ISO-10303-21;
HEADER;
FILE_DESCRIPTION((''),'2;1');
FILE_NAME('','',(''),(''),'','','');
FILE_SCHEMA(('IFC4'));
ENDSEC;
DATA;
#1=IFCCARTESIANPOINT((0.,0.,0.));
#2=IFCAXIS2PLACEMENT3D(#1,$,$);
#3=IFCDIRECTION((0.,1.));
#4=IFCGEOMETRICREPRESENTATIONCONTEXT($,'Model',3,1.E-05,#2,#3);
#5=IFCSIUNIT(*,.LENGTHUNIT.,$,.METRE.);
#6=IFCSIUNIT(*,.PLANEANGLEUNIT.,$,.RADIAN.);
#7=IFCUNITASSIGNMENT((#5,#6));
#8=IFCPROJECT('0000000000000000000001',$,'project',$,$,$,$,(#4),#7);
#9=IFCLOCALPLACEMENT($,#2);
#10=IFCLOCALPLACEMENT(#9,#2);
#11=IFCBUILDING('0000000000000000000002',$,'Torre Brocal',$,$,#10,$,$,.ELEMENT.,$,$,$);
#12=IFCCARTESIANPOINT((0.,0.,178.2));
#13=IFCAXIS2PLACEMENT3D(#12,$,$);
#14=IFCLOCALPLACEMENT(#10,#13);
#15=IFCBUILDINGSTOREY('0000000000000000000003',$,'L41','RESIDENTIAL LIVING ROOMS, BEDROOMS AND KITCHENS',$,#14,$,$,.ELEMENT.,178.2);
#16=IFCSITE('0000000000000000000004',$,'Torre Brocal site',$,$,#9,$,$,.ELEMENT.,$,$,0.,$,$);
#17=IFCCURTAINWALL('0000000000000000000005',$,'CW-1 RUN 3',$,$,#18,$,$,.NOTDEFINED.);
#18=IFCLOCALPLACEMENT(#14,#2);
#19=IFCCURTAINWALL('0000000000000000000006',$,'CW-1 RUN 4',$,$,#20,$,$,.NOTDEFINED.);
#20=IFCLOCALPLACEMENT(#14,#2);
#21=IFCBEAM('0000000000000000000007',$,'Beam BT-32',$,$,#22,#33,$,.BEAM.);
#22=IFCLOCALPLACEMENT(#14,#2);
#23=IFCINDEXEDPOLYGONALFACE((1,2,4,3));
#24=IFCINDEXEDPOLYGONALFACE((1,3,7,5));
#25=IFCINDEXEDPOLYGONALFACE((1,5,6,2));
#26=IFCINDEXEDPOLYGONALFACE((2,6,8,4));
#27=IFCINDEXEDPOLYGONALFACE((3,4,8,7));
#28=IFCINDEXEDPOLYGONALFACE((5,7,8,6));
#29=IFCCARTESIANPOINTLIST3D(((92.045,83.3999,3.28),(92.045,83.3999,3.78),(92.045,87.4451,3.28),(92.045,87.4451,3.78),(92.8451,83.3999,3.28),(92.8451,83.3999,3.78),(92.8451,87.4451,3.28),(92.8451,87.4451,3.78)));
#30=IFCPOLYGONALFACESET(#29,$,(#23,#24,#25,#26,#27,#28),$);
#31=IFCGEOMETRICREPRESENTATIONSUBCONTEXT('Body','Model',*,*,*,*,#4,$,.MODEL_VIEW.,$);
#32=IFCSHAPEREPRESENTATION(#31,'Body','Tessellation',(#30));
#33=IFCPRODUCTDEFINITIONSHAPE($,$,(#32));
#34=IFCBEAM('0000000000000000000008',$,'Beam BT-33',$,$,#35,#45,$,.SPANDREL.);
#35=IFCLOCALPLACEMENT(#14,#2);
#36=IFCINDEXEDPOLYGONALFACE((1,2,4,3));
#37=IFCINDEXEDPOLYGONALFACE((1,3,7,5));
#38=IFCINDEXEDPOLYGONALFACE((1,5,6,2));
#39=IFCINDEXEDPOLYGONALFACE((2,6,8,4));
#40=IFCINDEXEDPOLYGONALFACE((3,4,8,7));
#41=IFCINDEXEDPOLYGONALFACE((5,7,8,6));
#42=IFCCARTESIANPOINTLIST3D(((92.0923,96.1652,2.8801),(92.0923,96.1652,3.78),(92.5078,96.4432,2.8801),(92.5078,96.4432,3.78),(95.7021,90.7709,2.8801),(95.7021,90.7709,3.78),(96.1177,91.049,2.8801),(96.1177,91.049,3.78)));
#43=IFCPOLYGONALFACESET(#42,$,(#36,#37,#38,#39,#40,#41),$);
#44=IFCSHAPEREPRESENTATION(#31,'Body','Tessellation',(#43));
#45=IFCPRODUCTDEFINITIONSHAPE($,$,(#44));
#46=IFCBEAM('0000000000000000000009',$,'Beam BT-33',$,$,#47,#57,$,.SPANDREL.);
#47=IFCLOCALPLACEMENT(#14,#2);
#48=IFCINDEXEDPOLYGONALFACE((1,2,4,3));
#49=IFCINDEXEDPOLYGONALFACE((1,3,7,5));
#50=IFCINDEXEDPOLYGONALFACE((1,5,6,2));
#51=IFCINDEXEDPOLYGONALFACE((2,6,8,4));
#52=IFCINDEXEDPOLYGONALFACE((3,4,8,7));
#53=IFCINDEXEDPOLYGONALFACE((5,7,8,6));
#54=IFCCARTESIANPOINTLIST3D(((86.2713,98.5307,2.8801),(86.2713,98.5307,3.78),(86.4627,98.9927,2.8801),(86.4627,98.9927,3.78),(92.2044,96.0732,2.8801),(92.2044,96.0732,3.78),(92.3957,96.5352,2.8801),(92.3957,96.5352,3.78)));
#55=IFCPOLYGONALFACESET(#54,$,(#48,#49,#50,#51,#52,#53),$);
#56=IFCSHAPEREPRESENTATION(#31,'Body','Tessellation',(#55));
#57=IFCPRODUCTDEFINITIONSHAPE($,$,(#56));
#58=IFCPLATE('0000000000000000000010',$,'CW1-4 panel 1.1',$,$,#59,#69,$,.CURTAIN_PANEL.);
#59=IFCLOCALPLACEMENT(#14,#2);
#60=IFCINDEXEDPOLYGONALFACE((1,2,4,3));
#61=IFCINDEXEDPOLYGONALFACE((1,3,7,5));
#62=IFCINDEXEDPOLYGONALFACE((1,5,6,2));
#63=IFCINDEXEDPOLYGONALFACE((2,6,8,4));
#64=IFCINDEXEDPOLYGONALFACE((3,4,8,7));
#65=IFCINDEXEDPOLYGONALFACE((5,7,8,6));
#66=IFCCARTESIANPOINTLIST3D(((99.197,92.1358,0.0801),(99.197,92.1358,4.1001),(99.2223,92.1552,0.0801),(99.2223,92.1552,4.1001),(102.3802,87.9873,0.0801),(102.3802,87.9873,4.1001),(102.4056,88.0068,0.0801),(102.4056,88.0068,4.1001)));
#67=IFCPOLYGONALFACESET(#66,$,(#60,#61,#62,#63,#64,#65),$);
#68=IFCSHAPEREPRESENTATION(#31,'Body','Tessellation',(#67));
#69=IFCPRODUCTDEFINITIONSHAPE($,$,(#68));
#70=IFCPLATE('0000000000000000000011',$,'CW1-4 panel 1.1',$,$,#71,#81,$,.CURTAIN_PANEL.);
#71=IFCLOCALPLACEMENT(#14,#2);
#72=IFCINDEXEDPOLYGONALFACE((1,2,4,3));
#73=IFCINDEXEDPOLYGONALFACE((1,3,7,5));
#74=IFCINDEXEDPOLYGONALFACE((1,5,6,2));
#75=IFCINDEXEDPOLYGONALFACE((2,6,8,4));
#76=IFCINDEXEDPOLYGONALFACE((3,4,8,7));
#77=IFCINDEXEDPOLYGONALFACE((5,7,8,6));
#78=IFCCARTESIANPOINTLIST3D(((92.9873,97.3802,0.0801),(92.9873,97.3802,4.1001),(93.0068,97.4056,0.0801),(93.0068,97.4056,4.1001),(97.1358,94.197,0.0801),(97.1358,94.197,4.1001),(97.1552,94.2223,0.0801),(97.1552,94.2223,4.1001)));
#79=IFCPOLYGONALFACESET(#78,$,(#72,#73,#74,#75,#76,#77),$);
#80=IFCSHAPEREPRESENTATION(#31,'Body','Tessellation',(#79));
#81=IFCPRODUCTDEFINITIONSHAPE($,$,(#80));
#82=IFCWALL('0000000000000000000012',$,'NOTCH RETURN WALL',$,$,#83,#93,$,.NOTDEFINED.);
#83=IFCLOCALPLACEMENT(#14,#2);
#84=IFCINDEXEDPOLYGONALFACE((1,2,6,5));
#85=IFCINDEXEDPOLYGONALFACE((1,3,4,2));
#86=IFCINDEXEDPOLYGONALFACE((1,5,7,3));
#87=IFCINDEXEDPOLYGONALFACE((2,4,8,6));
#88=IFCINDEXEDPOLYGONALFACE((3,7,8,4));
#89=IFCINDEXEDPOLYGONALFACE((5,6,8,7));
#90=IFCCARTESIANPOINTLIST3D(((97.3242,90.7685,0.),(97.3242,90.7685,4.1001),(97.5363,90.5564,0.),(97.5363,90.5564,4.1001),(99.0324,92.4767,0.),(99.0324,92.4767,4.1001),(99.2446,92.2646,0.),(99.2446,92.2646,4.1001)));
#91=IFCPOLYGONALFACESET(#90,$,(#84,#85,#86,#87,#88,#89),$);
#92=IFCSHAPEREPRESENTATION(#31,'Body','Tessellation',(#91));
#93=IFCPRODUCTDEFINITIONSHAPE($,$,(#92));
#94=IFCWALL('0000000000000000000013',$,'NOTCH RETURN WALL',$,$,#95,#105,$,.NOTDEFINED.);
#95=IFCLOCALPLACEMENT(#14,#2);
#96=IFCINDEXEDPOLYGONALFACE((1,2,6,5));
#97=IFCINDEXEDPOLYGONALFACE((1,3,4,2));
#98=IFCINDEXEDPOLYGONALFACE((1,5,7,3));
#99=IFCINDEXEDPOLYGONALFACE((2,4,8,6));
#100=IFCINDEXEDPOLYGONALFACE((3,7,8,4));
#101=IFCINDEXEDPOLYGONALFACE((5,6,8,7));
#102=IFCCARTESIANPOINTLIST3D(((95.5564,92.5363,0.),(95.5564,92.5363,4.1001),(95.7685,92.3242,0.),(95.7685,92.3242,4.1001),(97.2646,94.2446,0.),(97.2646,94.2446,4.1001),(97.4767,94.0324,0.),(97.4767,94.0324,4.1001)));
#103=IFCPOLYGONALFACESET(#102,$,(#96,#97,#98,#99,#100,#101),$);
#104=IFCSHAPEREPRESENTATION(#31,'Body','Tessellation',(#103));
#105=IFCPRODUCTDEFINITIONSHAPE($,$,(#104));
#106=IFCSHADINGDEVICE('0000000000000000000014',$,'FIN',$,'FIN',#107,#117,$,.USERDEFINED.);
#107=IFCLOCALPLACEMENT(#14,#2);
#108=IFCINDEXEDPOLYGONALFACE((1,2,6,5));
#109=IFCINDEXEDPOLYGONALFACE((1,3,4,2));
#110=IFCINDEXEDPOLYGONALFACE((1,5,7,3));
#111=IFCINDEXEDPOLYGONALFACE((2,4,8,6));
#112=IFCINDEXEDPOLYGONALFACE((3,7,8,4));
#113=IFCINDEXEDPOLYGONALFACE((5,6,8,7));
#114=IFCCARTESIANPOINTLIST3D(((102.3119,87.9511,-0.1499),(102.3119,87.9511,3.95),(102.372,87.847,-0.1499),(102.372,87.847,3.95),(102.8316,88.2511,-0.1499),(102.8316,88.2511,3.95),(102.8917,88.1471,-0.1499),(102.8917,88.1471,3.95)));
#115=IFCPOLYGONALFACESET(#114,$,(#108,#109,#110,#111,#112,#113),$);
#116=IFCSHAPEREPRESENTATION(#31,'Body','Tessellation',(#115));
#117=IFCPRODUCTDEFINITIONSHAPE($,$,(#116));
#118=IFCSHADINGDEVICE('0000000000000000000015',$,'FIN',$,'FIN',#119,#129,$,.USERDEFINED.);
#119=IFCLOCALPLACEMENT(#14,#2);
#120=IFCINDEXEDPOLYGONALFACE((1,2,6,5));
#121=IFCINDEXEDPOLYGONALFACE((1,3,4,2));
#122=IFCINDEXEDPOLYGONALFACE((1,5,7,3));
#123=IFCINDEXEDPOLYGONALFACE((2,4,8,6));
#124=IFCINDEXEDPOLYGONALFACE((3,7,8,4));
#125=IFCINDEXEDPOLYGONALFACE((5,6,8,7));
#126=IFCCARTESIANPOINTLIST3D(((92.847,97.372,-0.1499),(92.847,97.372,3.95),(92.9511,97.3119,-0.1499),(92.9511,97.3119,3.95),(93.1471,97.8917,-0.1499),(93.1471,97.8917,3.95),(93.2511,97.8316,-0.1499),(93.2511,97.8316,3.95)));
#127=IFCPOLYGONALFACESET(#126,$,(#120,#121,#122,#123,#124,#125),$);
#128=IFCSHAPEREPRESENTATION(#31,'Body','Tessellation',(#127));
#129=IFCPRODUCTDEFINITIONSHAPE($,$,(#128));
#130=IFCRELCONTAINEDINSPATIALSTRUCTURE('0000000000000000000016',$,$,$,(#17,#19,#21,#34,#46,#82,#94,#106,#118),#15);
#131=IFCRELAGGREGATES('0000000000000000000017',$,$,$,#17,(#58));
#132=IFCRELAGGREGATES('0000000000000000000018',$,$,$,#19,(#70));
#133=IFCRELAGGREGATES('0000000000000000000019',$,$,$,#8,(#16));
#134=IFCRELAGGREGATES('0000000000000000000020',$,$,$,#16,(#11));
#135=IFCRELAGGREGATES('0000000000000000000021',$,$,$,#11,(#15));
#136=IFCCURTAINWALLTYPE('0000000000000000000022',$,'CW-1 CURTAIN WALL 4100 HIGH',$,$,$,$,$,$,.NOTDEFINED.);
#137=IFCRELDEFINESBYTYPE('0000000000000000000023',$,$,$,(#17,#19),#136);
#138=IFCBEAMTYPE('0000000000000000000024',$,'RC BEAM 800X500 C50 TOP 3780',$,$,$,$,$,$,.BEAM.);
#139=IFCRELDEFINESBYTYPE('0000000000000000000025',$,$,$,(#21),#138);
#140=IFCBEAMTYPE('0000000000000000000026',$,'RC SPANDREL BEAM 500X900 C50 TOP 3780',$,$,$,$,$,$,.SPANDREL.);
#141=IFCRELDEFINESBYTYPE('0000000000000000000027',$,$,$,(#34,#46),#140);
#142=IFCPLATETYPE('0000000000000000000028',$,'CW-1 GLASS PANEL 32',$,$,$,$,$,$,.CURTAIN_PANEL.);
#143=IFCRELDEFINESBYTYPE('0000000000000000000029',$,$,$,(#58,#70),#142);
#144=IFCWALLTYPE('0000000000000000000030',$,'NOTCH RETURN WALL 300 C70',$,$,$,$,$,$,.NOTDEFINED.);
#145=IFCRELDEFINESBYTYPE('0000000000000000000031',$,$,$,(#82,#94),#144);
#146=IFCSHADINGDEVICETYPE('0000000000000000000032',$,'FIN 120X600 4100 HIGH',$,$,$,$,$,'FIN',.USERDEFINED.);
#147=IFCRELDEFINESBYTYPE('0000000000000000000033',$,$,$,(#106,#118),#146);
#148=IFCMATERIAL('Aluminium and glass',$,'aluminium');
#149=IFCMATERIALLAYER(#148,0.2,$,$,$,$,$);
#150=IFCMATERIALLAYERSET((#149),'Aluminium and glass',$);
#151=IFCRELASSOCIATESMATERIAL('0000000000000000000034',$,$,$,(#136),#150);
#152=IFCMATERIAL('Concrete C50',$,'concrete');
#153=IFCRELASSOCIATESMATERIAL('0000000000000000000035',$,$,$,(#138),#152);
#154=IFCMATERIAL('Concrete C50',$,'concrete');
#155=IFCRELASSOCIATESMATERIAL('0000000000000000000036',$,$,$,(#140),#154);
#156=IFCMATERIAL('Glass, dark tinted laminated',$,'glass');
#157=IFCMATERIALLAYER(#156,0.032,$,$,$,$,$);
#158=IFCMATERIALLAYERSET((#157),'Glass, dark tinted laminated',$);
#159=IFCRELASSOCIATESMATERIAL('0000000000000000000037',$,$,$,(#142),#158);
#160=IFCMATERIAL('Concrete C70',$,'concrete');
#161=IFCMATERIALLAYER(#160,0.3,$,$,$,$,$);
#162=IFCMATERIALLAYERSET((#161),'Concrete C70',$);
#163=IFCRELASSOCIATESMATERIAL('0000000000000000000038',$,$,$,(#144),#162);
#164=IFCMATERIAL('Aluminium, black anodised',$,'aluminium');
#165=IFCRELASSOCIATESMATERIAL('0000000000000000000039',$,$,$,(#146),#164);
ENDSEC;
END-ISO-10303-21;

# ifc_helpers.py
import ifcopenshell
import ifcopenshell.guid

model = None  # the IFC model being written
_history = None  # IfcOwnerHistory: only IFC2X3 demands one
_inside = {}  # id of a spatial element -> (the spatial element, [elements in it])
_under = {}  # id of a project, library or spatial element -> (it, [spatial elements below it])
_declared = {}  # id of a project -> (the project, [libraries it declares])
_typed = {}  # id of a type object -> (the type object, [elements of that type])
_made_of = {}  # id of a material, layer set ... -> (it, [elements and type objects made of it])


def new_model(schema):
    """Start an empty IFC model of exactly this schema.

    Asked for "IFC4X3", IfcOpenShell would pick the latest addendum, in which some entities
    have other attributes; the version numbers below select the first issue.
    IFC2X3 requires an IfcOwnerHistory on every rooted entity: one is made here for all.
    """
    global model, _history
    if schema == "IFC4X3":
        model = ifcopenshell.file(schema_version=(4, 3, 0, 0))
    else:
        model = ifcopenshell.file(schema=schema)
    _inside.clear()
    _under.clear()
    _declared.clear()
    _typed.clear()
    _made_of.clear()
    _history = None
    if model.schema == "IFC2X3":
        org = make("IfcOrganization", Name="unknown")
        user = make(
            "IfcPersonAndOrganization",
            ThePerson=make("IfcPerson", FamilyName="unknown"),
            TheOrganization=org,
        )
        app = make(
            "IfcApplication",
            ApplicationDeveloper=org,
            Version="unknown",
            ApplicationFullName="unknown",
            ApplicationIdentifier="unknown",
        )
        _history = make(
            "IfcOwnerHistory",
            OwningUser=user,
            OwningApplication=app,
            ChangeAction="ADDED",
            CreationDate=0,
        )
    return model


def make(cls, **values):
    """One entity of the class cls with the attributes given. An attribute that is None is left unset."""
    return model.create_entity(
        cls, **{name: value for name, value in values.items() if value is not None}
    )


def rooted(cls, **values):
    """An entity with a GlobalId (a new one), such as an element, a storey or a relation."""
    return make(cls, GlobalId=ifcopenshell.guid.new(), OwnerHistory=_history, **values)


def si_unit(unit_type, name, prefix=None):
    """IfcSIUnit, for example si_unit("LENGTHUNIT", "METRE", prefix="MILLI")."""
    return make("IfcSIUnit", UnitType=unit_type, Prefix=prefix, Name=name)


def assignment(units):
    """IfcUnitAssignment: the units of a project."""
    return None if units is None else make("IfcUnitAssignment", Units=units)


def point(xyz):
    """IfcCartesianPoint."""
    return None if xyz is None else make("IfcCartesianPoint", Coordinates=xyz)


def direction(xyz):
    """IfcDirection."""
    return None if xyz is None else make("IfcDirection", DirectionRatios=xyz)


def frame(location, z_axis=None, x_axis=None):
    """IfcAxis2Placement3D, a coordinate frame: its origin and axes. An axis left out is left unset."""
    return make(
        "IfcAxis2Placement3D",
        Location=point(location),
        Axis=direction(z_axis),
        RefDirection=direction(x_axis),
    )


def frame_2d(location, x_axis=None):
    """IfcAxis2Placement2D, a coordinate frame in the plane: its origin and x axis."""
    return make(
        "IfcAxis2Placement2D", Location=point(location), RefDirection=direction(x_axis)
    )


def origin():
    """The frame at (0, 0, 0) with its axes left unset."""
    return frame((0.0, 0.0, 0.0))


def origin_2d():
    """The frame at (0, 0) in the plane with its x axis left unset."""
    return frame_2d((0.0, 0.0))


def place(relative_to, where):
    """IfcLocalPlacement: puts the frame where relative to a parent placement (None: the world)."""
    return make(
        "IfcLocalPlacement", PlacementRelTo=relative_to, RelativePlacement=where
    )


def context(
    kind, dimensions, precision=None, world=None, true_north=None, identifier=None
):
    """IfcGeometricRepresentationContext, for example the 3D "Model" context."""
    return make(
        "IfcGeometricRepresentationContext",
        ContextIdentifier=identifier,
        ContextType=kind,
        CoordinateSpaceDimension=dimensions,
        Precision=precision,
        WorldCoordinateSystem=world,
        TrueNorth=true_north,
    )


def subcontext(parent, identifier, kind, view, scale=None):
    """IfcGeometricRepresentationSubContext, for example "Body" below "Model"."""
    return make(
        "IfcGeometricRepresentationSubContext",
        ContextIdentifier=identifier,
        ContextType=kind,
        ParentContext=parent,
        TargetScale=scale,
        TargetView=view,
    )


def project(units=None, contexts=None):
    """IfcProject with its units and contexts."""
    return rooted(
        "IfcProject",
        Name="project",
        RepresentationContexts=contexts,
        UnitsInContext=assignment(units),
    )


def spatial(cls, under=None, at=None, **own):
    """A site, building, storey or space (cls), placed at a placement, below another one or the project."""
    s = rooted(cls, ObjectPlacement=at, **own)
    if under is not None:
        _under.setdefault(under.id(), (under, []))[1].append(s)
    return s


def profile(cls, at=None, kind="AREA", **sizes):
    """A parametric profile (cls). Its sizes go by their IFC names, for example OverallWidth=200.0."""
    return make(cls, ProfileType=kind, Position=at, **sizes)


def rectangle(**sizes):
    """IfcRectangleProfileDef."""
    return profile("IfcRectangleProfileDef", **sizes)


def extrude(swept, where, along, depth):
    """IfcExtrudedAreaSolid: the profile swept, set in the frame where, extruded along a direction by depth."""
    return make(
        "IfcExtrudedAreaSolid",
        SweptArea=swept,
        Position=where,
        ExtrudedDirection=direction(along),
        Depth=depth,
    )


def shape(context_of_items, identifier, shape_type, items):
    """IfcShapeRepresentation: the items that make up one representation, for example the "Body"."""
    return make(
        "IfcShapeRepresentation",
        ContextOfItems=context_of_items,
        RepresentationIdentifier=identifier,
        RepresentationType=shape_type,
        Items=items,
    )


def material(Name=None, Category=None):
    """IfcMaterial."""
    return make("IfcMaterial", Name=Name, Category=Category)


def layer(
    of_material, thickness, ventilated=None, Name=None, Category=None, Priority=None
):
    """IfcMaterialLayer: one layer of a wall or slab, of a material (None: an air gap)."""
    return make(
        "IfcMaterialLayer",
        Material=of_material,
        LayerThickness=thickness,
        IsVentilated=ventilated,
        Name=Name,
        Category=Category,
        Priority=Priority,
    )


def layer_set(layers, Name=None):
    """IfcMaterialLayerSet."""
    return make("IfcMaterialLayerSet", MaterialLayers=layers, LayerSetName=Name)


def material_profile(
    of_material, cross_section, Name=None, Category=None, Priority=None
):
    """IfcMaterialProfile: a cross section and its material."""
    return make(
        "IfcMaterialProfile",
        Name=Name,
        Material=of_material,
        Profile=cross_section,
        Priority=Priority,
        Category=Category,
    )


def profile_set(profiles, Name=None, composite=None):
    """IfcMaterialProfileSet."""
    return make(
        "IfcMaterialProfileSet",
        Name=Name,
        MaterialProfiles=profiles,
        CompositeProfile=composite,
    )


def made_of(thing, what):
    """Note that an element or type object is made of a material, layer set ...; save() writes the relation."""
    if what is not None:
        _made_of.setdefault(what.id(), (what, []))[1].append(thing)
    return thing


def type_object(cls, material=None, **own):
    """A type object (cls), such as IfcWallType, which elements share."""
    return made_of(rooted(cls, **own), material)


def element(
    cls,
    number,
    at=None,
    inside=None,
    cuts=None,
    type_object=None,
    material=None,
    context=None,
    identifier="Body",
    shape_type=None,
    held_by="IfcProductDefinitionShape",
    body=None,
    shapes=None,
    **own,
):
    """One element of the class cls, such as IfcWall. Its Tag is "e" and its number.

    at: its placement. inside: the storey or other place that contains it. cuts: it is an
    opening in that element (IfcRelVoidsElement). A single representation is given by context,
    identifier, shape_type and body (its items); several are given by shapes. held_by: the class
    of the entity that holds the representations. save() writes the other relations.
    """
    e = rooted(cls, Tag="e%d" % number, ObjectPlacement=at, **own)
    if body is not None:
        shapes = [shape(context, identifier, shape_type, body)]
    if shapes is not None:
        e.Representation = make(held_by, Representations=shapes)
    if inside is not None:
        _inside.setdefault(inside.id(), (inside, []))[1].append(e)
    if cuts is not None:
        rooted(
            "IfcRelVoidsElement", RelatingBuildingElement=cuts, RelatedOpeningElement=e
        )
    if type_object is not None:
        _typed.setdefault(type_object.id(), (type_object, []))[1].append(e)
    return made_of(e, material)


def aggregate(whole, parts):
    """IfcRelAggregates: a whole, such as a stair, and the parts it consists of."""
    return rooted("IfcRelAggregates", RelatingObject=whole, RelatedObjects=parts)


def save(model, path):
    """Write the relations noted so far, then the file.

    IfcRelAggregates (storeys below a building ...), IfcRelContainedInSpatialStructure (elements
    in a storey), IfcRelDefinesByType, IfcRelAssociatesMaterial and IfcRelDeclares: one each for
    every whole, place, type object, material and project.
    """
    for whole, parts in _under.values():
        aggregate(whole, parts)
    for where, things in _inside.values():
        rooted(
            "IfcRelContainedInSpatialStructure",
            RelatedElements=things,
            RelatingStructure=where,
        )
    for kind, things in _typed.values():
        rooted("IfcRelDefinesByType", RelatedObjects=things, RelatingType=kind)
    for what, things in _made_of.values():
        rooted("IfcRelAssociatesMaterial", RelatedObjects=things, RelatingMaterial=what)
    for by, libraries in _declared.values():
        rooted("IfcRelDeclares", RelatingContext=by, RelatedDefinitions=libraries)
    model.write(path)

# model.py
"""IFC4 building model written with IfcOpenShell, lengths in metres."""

from ifc_helpers import new_model, si_unit, direction, frame, frame_2d, origin, origin_2d, place, context, subcontext, project, spatial, rectangle, extrude, material, layer, layer_set, material_profile, profile_set, type_object, element, aggregate, save


model = new_model("IFC4")

# Units and contexts
model_context = context("Model", 3, precision=1e-05, world=origin(), true_north=direction((0.0, 1.0)))
body_context = subcontext(model_context, "Body", "Model", "MODEL_VIEW")
ifc_project = project(units=[si_unit("LENGTHUNIT", "METRE"), si_unit("PLANEANGLEUNIT", "RADIAN")], contexts=[model_context])

# Site, building, storey
site_placement = place(None, origin())
site = spatial("IfcSite", under=ifc_project, at=site_placement, Name="Torre Brocal site", CompositionType="ELEMENT", RefElevation=0.0)
building_placement = place(site_placement, origin())
building = spatial("IfcBuilding", under=site, at=building_placement, Name="Torre Brocal", CompositionType="ELEMENT")
storey_placement = place(building_placement, frame((0.0, 0.0, 178.2)))
storey = spatial("IfcBuildingStorey", under=building, at=storey_placement, Name="L41", Description="RESIDENTIAL LIVING ROOMS, BEDROOMS AND KITCHENS", CompositionType="ELEMENT", Elevation=178.2)

# Shared definitions
ifc_material_1 = material(Name="Aluminium and glass", Category="aluminium")
ifc_layer_1 = layer(ifc_material_1, 0.2)
ifc_layer_set_1 = layer_set([ifc_layer_1], Name="Aluminium and glass")
curtain_wall_type = type_object("IfcCurtainWallType", Name="CW-1 CURTAIN WALL 4100 HIGH", PredefinedType="NOTDEFINED", material=ifc_layer_set_1)

# Curtain walls
curtain_wall_1_placement = place(storey_placement, origin())
curtain_wall_1 = element("IfcCurtainWall", 1, at=curtain_wall_1_placement, inside=storey, type_object=curtain_wall_type, Name="CW-1 RUN 3", PredefinedType="NOTDEFINED")
curtain_wall_2_placement = place(storey_placement, origin())
curtain_wall_2 = element("IfcCurtainWall", 2, at=curtain_wall_2_placement, inside=storey, type_object=curtain_wall_type, Name="CW-1 RUN 4", PredefinedType="NOTDEFINED")

# Beams
ifc_material_2 = material(Name="Concrete C50", Category="concrete")
ifc_material_profile_1 = material_profile(ifc_material_2, rectangle(XDim=0.8, YDim=0.5, at=origin_2d()), Name="RC 800X500")
ifc_profile_set_1 = profile_set([ifc_material_profile_1], Name="Concrete C50")
beam_type_1 = type_object("IfcBeamType", Name="RC BEAM 800X500 C50 TOP 3780", PredefinedType="BEAM", material=ifc_profile_set_1)
beam_1_placement = place(storey_placement, frame((92.4451, 87.4451, 3.53), z_axis=(0.0, -1.0, 0.0), x_axis=(1.0, 0.0, 0.0)))
element("IfcBeam", 3, at=beam_1_placement, inside=storey, type_object=beam_type_1, Name="Beam BT-32", PredefinedType="BEAM", context=body_context, shape_type="SweptSolid", body=[
    extrude(rectangle(XDim=0.8, YDim=0.5, at=origin_2d()), origin(), (0.0, 0.0, 1.0), 4.0452),
])
ifc_material_3 = material(Name="Concrete C50", Category="concrete")
ifc_material_profile_2 = material_profile(ifc_material_3, rectangle(XDim=0.5, YDim=0.8999, at=origin_2d()), Name="RC 500X900")
ifc_profile_set_2 = profile_set([ifc_material_profile_2], Name="Concrete C50")
beam_type_2 = type_object("IfcBeamType", Name="RC SPANDREL BEAM 500X900 C50 TOP 3780", PredefinedType="SPANDREL", material=ifc_profile_set_2)
beam_2_placement = place(storey_placement, frame((95.9099, 90.9099, 3.3301), z_axis=(-0.556158, 0.831077, 0.0), x_axis=(-0.831077, -0.556158, 0.0)))
element("IfcBeam", 4, at=beam_2_placement, inside=storey, type_object=beam_type_2, Name="Beam BT-33", PredefinedType="SPANDREL", context=body_context, shape_type="SweptSolid", body=[
    extrude(rectangle(XDim=0.5, YDim=0.8999, at=origin_2d()), origin(), (0.0, 0.0, 1.0), 6.4907),
])
beam_3_placement = place(storey_placement, frame((92.3, 96.3042, 3.3301), z_axis=(-0.923882, 0.382676, 0.0), x_axis=(-0.382676, -0.923882, 0.0)))
element("IfcBeam", 5, at=beam_3_placement, inside=storey, type_object=beam_type_2, Name="Beam BT-33", PredefinedType="SPANDREL", context=body_context, shape_type="SweptSolid", body=[
    extrude(rectangle(XDim=0.5, YDim=0.8999, at=origin_2d()), origin(), (0.0, 0.0, 1.0), 6.4219),
])

# Plates
ifc_material_4 = material(Name="Glass, dark tinted laminated", Category="glass")
ifc_layer_2 = layer(ifc_material_4, 0.032)
ifc_layer_set_2 = layer_set([ifc_layer_2], Name="Glass, dark tinted laminated")
plate_type = type_object("IfcPlateType", Name="CW-1 GLASS PANEL 32", PredefinedType="CURTAIN_PANEL", material=ifc_layer_set_2)
plate_1_placement = place(storey_placement, frame((100.8013, 90.0713, 0.0801), z_axis=(0.0, 0.0, 1.0), x_axis=(-0.608761, 0.793353, 0.0)))
plate_1 = element("IfcPlate", 6, at=plate_1_placement, type_object=plate_type, Name="CW1-4 panel 1.1", PredefinedType="CURTAIN_PANEL", context=body_context, shape_type="SweptSolid", body=[
    extrude(rectangle(XDim=5.229, YDim=0.032, at=origin_2d()), origin(), (0.0, 0.0, 1.0), 4.02),
])
aggregate(curtain_wall_1, [plate_1])
plate_2_placement = place(storey_placement, frame((95.0713, 95.8013, 0.0801), z_axis=(0.0, 0.0, 1.0), x_axis=(-0.793353, 0.608761, 0.0)))
plate_2 = element("IfcPlate", 7, at=plate_2_placement, type_object=plate_type, Name="CW1-4 panel 1.1", PredefinedType="CURTAIN_PANEL", context=body_context, shape_type="SweptSolid", body=[
    extrude(rectangle(XDim=5.229, YDim=0.032, at=origin_2d()), origin(), (0.0, 0.0, 1.0), 4.02),
])
aggregate(curtain_wall_2, [plate_2])

# Walls
ifc_material_5 = material(Name="Concrete C70", Category="concrete")
ifc_layer_3 = layer(ifc_material_5, 0.3)
ifc_layer_set_3 = layer_set([ifc_layer_3], Name="Concrete C70")
wall_type = type_object("IfcWallType", Name="NOTCH RETURN WALL 300 C70", PredefinedType="NOTDEFINED", material=ifc_layer_set_3)
for number, where, z_axis, x_axis, name in (
    (8, (97.4302, 90.6624, 0.0), (0.0, 0.0, 1.0), (0.707107, 0.707107, 0.0), "NOTCH RETURN WALL"),
    (9, (95.6624, 92.4302, 0.0), (0.0, 0.0, 1.0), (0.707107, 0.707107, 0.0), "NOTCH RETURN WALL"),
):
    element("IfcWall", number, at=place(storey_placement, frame(where, z_axis=z_axis, x_axis=x_axis)), inside=storey, type_object=wall_type, Name=name, PredefinedType="NOTDEFINED", context=body_context, shape_type="SweptSolid", body=[
        extrude(rectangle(XDim=2.4158, YDim=0.3, at=frame_2d((1.208, 0.0))), origin(), (0.0, 0.0, 1.0), 4.1001),
    ])

# Shading devices
ifc_material_6 = material(Name="Aluminium, black anodised", Category="aluminium")
ifc_material_profile_3 = material_profile(ifc_material_6, rectangle(XDim=0.1201, YDim=0.6001, at=origin_2d()), Name="FIN 120X600 4100 HIGH")
ifc_profile_set_3 = profile_set([ifc_material_profile_3], Name="Aluminium, black anodised")
shading_device_type = type_object("IfcShadingDeviceType", Name="FIN 120X600 4100 HIGH", ElementType="FIN", PredefinedType="USERDEFINED", material=ifc_profile_set_3)
for number, where, z_axis, x_axis, name in (
    (10, (102.6018, 88.0491, -0.1499), (0.0, 0.0, 1.0), (-0.5, 0.866025, 0.0), "FIN"),
    (11, (93.0491, 97.6018, -0.1499), (0.0, 0.0, 1.0), (-0.866025, 0.5, 0.0), "FIN"),
):
    element("IfcShadingDevice", number, at=place(storey_placement, frame(where, z_axis=z_axis, x_axis=x_axis)), inside=storey, type_object=shading_device_type, Name=name, ObjectType="FIN", PredefinedType="USERDEFINED", context=body_context, shape_type="SweptSolid", body=[
        extrude(rectangle(XDim=0.1201, YDim=0.6001, at=origin_2d()), origin(), (0.0, 0.0, 1.0), 4.0999),
    ])

save(model, "model.ifc")
